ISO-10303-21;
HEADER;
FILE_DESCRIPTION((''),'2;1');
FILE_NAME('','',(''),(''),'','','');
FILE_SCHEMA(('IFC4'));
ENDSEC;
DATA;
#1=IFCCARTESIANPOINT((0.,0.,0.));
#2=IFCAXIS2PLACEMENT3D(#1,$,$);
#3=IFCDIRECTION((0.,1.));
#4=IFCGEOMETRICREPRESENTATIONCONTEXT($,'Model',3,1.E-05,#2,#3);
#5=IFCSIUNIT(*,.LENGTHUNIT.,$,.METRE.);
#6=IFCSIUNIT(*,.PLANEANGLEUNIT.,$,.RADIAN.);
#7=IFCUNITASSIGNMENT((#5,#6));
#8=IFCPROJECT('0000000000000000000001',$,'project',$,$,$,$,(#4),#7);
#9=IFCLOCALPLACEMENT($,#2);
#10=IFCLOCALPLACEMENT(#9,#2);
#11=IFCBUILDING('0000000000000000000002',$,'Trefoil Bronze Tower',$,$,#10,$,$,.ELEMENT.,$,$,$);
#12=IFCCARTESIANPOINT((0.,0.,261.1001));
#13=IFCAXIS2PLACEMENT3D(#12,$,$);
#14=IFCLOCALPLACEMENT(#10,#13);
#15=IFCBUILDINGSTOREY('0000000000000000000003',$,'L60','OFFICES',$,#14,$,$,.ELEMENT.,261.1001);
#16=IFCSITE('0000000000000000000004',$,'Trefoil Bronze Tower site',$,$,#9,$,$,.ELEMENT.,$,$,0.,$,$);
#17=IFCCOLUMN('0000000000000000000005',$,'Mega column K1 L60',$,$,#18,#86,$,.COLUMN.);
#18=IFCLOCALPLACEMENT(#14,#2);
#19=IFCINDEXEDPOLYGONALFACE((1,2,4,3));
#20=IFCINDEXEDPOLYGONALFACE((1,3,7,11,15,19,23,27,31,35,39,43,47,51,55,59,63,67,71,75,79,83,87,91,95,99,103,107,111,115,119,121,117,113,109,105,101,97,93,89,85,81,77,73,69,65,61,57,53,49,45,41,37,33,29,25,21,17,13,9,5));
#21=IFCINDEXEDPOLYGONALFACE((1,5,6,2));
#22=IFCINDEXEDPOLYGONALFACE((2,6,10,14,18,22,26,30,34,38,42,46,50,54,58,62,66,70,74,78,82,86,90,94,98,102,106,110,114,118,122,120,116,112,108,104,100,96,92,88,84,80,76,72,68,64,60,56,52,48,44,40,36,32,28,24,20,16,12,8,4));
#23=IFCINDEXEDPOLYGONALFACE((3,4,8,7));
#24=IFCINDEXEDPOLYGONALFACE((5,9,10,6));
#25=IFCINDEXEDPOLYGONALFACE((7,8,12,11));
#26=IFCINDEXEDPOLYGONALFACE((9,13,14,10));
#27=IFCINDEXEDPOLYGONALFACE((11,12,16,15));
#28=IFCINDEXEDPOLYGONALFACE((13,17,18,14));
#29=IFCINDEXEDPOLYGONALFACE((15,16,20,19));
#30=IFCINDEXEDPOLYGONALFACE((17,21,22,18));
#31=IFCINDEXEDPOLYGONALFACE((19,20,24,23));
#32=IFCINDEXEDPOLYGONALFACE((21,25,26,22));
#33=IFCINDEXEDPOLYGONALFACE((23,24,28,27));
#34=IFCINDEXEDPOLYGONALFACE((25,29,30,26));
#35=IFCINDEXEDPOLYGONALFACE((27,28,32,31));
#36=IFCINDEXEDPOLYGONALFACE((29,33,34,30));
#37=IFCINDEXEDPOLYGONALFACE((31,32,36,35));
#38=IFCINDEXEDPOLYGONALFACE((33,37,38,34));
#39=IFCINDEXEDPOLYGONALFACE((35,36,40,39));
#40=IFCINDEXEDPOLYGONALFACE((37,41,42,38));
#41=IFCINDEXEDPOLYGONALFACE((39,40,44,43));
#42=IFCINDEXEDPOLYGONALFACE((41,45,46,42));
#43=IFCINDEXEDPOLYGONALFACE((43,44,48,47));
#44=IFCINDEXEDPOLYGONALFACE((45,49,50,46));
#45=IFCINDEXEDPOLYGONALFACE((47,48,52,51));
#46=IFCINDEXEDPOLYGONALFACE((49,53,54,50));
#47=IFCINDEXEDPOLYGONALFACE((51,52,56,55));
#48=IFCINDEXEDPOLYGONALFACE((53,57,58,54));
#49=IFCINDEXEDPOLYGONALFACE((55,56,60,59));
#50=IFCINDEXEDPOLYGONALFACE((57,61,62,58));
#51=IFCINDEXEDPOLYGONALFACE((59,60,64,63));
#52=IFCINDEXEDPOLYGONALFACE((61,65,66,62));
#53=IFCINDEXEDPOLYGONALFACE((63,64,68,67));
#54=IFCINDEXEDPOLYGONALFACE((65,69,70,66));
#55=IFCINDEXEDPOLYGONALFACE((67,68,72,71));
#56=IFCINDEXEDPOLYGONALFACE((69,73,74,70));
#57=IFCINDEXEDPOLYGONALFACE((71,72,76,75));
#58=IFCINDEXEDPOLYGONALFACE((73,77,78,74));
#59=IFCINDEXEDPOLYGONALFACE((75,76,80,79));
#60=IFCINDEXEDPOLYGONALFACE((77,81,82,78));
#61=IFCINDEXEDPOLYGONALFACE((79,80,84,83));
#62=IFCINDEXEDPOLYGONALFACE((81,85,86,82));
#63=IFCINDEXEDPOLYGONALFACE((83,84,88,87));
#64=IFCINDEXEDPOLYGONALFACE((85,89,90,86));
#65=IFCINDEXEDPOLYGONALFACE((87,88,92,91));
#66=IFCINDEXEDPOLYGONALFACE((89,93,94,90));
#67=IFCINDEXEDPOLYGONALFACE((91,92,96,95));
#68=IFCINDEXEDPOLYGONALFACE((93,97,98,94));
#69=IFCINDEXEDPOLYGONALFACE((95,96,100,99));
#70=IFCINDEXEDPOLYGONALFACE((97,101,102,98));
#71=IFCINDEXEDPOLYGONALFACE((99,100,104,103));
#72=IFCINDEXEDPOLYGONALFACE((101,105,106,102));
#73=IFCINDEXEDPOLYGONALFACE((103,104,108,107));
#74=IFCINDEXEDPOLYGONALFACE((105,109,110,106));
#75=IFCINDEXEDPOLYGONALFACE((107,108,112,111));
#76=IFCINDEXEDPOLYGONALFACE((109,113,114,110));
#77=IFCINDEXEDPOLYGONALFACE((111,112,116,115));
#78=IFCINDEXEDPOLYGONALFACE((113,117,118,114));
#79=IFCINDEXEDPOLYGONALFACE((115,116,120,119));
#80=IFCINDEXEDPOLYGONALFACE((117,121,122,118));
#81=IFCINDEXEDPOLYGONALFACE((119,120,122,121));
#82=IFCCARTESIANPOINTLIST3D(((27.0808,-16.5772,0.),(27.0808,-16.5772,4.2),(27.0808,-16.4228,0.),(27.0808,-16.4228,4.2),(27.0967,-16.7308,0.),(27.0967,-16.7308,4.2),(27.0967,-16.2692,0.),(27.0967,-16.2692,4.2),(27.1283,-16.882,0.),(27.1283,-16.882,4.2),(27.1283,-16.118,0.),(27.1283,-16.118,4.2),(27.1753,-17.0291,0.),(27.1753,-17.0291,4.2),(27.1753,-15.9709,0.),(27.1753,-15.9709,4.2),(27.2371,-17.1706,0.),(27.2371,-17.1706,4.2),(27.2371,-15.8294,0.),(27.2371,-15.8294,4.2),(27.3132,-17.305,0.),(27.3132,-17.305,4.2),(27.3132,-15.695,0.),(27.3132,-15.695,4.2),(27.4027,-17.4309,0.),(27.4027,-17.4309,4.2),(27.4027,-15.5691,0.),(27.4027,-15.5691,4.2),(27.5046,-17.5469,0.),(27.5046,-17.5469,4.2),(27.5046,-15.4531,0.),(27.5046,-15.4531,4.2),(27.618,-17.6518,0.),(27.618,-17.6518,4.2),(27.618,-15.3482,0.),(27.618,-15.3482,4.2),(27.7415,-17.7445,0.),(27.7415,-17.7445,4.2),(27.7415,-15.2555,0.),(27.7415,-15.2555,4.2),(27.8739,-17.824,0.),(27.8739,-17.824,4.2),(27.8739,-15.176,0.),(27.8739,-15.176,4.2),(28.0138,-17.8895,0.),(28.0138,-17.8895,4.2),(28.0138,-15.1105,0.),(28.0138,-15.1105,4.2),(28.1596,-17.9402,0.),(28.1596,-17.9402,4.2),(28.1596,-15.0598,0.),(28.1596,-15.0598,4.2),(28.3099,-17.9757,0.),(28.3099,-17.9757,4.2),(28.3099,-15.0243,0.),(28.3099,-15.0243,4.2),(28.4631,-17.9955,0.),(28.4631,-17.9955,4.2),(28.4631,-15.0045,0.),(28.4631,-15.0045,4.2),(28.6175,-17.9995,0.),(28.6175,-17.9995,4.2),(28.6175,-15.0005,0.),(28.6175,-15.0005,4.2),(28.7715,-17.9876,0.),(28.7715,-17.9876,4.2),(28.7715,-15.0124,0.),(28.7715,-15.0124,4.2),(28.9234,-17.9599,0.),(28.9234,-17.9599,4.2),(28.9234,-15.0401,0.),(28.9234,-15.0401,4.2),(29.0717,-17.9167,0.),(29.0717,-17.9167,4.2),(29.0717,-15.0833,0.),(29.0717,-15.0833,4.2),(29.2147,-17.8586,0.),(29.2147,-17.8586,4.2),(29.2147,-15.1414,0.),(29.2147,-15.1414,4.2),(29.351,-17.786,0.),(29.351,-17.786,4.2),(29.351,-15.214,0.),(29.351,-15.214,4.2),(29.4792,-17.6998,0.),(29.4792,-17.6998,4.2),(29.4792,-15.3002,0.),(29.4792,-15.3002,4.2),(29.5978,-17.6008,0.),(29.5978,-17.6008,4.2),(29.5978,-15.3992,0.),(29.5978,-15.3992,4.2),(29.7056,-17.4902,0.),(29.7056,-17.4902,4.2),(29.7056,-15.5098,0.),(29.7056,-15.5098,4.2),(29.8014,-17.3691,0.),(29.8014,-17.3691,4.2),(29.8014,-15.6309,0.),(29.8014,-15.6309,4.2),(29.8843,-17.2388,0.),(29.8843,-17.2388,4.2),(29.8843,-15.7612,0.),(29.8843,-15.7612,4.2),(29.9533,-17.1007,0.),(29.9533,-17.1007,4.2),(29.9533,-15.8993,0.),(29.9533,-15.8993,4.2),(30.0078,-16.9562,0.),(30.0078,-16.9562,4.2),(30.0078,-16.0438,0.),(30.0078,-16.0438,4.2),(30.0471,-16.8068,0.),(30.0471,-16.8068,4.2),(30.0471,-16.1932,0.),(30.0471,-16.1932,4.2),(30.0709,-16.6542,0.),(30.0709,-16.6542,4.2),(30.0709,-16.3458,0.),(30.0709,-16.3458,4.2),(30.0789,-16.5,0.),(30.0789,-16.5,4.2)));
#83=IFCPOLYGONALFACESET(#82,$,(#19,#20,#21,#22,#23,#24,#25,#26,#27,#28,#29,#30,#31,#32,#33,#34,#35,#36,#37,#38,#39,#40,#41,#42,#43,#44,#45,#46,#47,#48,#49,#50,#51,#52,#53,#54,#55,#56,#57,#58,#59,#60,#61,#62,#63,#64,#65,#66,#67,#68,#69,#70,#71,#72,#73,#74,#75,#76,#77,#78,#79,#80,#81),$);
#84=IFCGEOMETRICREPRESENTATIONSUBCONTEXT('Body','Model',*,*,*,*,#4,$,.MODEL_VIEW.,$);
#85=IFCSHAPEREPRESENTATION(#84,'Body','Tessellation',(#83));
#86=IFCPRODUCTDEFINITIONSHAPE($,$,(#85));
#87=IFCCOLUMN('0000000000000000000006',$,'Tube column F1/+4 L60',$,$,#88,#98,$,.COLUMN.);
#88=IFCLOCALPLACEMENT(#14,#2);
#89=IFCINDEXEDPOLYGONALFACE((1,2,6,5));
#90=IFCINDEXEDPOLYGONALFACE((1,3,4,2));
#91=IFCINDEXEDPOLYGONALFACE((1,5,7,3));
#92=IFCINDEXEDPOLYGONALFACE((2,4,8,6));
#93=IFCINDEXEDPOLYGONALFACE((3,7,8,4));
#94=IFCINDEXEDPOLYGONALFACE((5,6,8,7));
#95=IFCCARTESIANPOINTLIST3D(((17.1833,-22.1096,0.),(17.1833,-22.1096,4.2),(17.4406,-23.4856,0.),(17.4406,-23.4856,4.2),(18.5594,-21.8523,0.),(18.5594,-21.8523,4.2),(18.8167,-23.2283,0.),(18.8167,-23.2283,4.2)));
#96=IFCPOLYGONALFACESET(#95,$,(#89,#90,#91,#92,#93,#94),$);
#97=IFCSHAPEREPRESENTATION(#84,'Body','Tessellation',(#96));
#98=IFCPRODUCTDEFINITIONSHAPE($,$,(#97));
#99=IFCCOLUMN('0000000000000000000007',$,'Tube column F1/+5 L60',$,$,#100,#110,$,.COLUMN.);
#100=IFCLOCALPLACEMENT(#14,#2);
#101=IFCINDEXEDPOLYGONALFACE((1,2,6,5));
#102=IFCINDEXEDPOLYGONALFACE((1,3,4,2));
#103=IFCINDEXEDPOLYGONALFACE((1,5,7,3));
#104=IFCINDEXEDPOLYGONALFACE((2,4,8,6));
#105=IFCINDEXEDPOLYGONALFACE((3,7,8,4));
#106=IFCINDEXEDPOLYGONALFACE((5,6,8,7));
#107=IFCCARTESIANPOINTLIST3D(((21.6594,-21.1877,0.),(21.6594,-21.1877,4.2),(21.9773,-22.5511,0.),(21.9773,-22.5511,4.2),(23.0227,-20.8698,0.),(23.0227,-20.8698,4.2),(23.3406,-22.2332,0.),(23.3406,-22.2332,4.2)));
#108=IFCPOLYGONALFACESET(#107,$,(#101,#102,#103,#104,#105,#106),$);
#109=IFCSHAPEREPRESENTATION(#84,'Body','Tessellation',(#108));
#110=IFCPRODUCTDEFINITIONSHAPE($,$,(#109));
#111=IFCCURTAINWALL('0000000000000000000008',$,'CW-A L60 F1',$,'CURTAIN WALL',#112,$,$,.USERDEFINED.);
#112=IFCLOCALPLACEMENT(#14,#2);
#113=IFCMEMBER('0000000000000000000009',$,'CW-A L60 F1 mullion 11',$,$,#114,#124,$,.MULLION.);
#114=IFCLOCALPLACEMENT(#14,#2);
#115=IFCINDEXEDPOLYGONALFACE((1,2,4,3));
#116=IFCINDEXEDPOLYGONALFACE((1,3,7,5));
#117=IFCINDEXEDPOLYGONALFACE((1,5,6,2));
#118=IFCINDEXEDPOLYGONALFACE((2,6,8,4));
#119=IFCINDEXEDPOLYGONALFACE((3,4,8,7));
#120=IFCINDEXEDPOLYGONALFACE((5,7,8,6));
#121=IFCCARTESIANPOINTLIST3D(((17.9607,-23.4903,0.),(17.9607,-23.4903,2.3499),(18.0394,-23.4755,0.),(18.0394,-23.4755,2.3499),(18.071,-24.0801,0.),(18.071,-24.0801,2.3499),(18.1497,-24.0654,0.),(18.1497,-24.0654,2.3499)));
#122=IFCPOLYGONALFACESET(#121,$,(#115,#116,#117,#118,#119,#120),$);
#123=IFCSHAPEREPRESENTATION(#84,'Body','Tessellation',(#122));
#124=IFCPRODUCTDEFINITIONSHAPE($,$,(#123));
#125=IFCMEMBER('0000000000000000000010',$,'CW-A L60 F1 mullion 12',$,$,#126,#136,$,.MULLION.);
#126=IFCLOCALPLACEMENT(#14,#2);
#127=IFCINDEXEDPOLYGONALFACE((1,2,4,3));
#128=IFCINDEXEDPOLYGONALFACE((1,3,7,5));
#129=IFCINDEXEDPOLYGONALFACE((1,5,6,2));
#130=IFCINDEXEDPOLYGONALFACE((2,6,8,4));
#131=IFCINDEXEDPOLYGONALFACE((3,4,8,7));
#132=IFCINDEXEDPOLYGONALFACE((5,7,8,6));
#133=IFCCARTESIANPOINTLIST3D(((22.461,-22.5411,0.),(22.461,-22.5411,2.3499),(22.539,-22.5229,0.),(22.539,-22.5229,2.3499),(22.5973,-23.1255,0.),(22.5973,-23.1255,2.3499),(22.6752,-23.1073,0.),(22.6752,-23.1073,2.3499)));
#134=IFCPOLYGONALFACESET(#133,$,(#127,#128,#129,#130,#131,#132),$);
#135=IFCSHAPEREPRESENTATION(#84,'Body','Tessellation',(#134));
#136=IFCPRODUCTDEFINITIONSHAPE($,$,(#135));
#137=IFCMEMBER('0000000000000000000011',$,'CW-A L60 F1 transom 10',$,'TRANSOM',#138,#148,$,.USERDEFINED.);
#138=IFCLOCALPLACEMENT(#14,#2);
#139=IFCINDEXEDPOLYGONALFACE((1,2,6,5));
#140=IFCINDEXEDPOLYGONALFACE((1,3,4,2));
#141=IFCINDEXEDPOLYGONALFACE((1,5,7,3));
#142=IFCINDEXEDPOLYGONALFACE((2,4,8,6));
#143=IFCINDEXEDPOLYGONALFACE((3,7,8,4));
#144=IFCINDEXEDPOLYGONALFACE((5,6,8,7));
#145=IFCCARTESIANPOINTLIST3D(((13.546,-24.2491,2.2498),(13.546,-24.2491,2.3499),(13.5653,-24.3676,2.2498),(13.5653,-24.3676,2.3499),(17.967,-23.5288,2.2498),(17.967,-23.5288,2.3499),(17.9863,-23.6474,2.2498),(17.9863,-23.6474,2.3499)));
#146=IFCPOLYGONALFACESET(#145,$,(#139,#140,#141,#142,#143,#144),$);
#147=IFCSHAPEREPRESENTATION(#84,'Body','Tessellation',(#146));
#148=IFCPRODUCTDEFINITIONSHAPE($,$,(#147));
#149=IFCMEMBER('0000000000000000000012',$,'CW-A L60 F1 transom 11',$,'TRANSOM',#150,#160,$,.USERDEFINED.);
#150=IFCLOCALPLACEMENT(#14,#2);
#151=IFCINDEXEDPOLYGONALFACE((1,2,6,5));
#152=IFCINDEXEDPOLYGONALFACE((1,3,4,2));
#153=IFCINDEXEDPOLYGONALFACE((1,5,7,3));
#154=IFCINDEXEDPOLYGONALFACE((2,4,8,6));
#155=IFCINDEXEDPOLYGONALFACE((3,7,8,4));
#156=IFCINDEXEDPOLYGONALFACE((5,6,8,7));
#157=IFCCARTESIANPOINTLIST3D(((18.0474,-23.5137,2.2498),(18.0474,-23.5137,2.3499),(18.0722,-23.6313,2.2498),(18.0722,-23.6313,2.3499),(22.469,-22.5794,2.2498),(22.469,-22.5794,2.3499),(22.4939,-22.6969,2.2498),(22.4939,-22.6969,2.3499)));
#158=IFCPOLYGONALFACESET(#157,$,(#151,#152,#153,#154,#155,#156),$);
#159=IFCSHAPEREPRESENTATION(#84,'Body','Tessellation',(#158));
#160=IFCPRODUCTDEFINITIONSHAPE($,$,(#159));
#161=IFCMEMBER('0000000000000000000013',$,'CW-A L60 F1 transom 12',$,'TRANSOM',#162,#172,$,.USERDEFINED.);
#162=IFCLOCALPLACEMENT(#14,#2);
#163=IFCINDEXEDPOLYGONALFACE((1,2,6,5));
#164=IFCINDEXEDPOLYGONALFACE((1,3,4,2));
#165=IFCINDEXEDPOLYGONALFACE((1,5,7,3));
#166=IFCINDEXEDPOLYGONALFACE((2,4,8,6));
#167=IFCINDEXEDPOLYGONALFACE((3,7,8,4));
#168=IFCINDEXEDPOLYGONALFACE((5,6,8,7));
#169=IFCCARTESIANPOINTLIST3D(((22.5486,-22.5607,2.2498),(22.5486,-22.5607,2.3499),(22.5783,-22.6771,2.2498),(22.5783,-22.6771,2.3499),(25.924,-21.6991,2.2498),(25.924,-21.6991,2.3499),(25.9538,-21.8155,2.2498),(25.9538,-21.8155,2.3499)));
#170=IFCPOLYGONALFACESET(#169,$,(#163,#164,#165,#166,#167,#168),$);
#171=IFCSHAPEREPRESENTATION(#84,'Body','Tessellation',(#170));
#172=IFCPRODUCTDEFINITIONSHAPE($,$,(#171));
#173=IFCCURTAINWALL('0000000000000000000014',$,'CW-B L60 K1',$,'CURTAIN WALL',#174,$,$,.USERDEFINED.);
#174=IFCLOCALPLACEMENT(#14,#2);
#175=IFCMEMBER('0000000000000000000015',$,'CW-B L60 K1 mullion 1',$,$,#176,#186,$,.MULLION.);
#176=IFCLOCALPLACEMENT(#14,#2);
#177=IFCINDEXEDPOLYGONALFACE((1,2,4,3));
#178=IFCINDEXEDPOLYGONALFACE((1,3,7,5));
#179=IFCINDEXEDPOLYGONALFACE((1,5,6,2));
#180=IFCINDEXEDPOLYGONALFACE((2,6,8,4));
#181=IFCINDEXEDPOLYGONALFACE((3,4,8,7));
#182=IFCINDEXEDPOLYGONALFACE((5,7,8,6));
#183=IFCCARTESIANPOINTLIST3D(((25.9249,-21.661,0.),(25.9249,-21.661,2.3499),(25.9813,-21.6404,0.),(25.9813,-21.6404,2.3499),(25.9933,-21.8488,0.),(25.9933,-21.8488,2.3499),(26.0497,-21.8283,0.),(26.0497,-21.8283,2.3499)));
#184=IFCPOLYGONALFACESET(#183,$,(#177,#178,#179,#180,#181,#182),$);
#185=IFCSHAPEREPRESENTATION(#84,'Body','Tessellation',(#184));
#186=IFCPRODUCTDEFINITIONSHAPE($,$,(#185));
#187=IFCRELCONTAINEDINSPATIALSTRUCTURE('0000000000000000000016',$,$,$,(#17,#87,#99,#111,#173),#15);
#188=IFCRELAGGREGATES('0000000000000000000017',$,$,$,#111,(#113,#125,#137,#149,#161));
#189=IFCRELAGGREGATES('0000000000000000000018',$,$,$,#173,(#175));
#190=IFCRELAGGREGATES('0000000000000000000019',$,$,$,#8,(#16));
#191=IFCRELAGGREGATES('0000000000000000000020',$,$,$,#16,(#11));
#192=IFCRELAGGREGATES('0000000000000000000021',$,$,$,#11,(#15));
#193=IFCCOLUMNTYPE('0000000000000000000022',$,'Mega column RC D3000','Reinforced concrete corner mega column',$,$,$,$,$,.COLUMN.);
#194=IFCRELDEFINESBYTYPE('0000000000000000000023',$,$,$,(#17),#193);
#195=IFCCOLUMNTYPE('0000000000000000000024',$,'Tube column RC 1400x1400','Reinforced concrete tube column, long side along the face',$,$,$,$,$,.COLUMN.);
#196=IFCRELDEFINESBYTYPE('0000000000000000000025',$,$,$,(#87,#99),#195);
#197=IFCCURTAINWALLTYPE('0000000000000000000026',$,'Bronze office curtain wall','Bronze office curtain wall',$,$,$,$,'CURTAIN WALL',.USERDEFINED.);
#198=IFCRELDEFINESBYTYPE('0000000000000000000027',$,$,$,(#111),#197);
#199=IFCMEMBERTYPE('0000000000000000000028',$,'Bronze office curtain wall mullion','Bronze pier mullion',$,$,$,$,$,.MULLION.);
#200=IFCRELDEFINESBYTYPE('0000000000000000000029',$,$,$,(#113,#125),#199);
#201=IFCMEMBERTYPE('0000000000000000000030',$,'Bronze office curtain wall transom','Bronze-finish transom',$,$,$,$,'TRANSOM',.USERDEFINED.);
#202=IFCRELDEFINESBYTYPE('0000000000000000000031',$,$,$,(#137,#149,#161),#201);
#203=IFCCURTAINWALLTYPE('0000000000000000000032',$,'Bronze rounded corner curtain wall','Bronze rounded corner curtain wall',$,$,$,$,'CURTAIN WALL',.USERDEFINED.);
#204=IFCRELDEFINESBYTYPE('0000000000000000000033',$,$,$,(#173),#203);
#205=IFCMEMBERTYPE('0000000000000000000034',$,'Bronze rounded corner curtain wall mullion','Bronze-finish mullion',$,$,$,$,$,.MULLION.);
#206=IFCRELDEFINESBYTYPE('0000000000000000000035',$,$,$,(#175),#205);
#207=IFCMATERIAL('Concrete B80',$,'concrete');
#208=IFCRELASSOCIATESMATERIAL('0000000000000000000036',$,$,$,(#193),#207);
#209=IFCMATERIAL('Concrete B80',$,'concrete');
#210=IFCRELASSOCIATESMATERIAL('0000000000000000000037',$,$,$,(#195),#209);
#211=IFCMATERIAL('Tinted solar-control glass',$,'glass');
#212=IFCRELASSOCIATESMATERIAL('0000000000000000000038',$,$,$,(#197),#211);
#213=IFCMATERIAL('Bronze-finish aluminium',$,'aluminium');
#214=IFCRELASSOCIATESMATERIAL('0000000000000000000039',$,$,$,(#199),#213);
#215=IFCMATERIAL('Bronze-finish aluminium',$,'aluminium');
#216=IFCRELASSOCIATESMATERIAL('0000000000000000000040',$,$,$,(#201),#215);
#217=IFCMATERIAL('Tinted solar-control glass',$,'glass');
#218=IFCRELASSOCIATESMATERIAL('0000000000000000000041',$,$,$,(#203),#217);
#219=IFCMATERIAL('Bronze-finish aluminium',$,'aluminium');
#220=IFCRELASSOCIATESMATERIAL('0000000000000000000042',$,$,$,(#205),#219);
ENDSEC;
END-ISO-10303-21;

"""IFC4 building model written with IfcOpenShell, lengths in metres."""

from ifc_helpers import new_model, si_unit, direction, frame, origin, origin_2d, place, context, subcontext, project, spatial, rectangle, circle, extrude, material, material_profile, profile_set, type_object, element, aggregate, save


model = new_model("IFC4")

# Units and contexts
model_context = context("Model", 3, precision=1e-05, world=origin(), true_north=direction((0.0, 1.0)))
body_context = subcontext(model_context, "Body", "Model", "MODEL_VIEW")
ifc_project = project(units=[si_unit("LENGTHUNIT", "METRE"), si_unit("PLANEANGLEUNIT", "RADIAN")], contexts=[model_context])

# Site, building, storey
site_placement = place(None, origin())
site = spatial("IfcSite", under=ifc_project, at=site_placement, Name="Trefoil Bronze Tower site", CompositionType="ELEMENT", RefElevation=0.0)
building_placement = place(site_placement, origin())
building = spatial("IfcBuilding", under=site, at=building_placement, Name="Trefoil Bronze Tower", CompositionType="ELEMENT")
storey_placement = place(building_placement, frame((0.0, 0.0, 261.1001)))
storey = spatial("IfcBuildingStorey", under=building, at=storey_placement, Name="L60", Description="OFFICES", CompositionType="ELEMENT", Elevation=261.1001)

# Columns
ifc_material_1 = material(Name="Concrete B80", Category="concrete")
ifc_material_profile_1 = material_profile(ifc_material_1, circle(Radius=1.5, at=origin_2d()), Name="RC D3000")
ifc_profile_set_1 = profile_set([ifc_material_profile_1], Name="Concrete B80")
column_type_1 = type_object("IfcColumnType", Name="Mega column RC D3000", Description="Reinforced concrete corner mega column", PredefinedType="COLUMN", material=ifc_profile_set_1)
column_placement = place(storey_placement, frame((28.5789, -16.5, 0.0), z_axis=(0.0, 0.0, 1.0), x_axis=(1.0, 0.0, 0.0)))
element("IfcColumn", 1, at=column_placement, inside=storey, type_object=column_type_1, Name="Mega column K1 L60", PredefinedType="COLUMN", context=body_context, shape_type="SweptSolid", body=[
    extrude(circle(Radius=1.5, at=origin_2d()), origin(), (0.0, 0.0, 1.0), 4.2),
])
ifc_material_2 = material(Name="Concrete B80", Category="concrete")
ifc_material_profile_2 = material_profile(ifc_material_2, rectangle(XDim=1.3999, YDim=1.3999, at=origin_2d()), Name="RC 1400x1400")
ifc_profile_set_2 = profile_set([ifc_material_profile_2], Name="Concrete B80")
column_type_2 = type_object("IfcColumnType", Name="Tube column RC 1400x1400", Description="Reinforced concrete tube column, long side along the face", PredefinedType="COLUMN", material=ifc_profile_set_2)
for number, where, z_axis, x_axis, name in (
    (2, (18.0, -22.6689, 0.0), (0.0, 0.0, 1.0), (0.982959, 0.183825, 0.0), "Tube column F1/+4 L60"),
    (3, (22.5, -21.7104, 0.0), (0.0, 0.0, 1.0), (0.973875, 0.227083, 0.0), "Tube column F1/+5 L60"),
):
    element("IfcColumn", number, at=place(storey_placement, frame(where, z_axis=z_axis, x_axis=x_axis)), inside=storey, type_object=column_type_2, Name=name, PredefinedType="COLUMN", context=body_context, shape_type="SweptSolid", body=[
        extrude(rectangle(XDim=1.3999, YDim=1.3999, at=origin_2d()), origin(), (0.0, 0.0, 1.0), 4.2),
    ])

# Curtain walls, members
ifc_material_3 = material(Name="Tinted solar-control glass", Category="glass")
curtain_wall_type_1 = type_object("IfcCurtainWallType", Name="Bronze office curtain wall", Description="Bronze office curtain wall", ElementType="CURTAIN WALL", PredefinedType="USERDEFINED", material=ifc_material_3)
curtain_wall_1_placement = place(storey_placement, origin())
curtain_wall_1 = element("IfcCurtainWall", 4, at=curtain_wall_1_placement, inside=storey, type_object=curtain_wall_type_1, Name="CW-A L60 F1", ObjectType="CURTAIN WALL", PredefinedType="USERDEFINED")
ifc_material_4 = material(Name="Bronze-finish aluminium", Category="aluminium")
ifc_material_profile_3 = material_profile(ifc_material_4, rectangle(XDim=0.6001, YDim=0.0801, at=origin_2d()), Name="CW-A mullion")
ifc_profile_set_3 = profile_set([ifc_material_profile_3], Name="Bronze-finish aluminium")
member_type_1 = type_object("IfcMemberType", Name="Bronze office curtain wall mullion", Description="Bronze pier mullion", PredefinedType="MULLION", material=ifc_profile_set_3)
member_1_placement = place(storey_placement, frame((18.0552, -23.7778, 0.0), z_axis=(0.0, 0.0, 1.0), x_axis=(-0.183825, 0.982959, 0.0)))
member_1 = element("IfcMember", 5, at=member_1_placement, type_object=member_type_1, Name="CW-A L60 F1 mullion 11", PredefinedType="MULLION", context=body_context, shape_type="SweptSolid", body=[
    extrude(rectangle(XDim=0.6001, YDim=0.0801, at=origin_2d()), origin(), (0.0, 0.0, 1.0), 2.3499),
])
member_2_placement = place(storey_placement, frame((22.5681, -22.8242, 0.0), z_axis=(0.0, 0.0, 1.0), x_axis=(-0.227083, 0.973875, 0.0)))
member_2 = element("IfcMember", 6, at=member_2_placement, type_object=member_type_1, Name="CW-A L60 F1 mullion 12", PredefinedType="MULLION", context=body_context, shape_type="SweptSolid", body=[
    extrude(rectangle(XDim=0.6001, YDim=0.0801, at=origin_2d()), origin(), (0.0, 0.0, 1.0), 2.3499),
])
ifc_material_5 = material(Name="Bronze-finish aluminium", Category="aluminium")
ifc_material_profile_4 = material_profile(ifc_material_5, rectangle(XDim=0.1201, YDim=0.1001, at=origin_2d()), Name="CW-A transom")
ifc_profile_set_4 = profile_set([ifc_material_profile_4], Name="Bronze-finish aluminium")
member_type_2 = type_object("IfcMemberType", Name="Bronze office curtain wall transom", Description="Bronze-finish transom", ElementType="TRANSOM", PredefinedType="USERDEFINED", material=ifc_profile_set_4)
member_3_placement = place(storey_placement, frame((13.5557, -24.3083, 2.2998), z_axis=(0.986988, 0.160792, 0.0), x_axis=(-0.160792, 0.986988, 0.0)))
member_3 = element("IfcMember", 7, at=member_3_placement, type_object=member_type_2, Name="CW-A L60 F1 transom 10", ObjectType="TRANSOM", PredefinedType="USERDEFINED", context=body_context, shape_type="SweptSolid", body=[
    extrude(rectangle(XDim=0.1201, YDim=0.1001, at=origin_2d()), origin(), (0.0, 0.0, 1.0), 4.4792),
])
member_4_placement = place(storey_placement, frame((18.0598, -23.5725, 2.2998), z_axis=(0.978395, 0.206743, 0.0), x_axis=(-0.206743, 0.978395, 0.0)))
member_4 = element("IfcMember", 8, at=member_4_placement, type_object=member_type_2, Name="CW-A L60 F1 transom 11", ObjectType="TRANSOM", PredefinedType="USERDEFINED", context=body_context, shape_type="SweptSolid", body=[
    extrude(rectangle(XDim=0.1201, YDim=0.1001, at=origin_2d()), origin(), (0.0, 0.0, 1.0), 4.5193),
])
member_5_placement = place(storey_placement, frame((22.5635, -22.6189, 2.2998), z_axis=(0.968935, 0.247315, 0.0), x_axis=(-0.247315, 0.968935, 0.0)))
member_5 = element("IfcMember", 9, at=member_5_placement, type_object=member_type_2, Name="CW-A L60 F1 transom 12", ObjectType="TRANSOM", PredefinedType="USERDEFINED", context=body_context, shape_type="SweptSolid", body=[
    extrude(rectangle(XDim=0.1201, YDim=0.1001, at=origin_2d()), origin(), (0.0, 0.0, 1.0), 3.4836),
])
ifc_material_6 = material(Name="Tinted solar-control glass", Category="glass")
curtain_wall_type_2 = type_object("IfcCurtainWallType", Name="Bronze rounded corner curtain wall", Description="Bronze rounded corner curtain wall", ElementType="CURTAIN WALL", PredefinedType="USERDEFINED", material=ifc_material_6)
curtain_wall_2_placement = place(storey_placement, origin())
curtain_wall_2 = element("IfcCurtainWall", 10, at=curtain_wall_2_placement, inside=storey, type_object=curtain_wall_type_2, Name="CW-B L60 K1", ObjectType="CURTAIN WALL", PredefinedType="USERDEFINED")
ifc_material_7 = material(Name="Bronze-finish aluminium", Category="aluminium")
ifc_material_profile_5 = material_profile(ifc_material_7, rectangle(XDim=0.2, YDim=0.0601, at=origin_2d()), Name="CW-B mullion")
ifc_profile_set_5 = profile_set([ifc_material_profile_5], Name="Bronze-finish aluminium")
member_type_3 = type_object("IfcMemberType", Name="Bronze rounded corner curtain wall mullion", Description="Bronze-finish mullion", PredefinedType="MULLION", material=ifc_profile_set_5)
member_6_placement = place(storey_placement, frame((25.9873, -21.7446, 0.0), z_axis=(0.0, 0.0, 1.0), x_axis=(-0.34202, 0.939693, 0.0)))
member_6 = element("IfcMember", 11, at=member_6_placement, type_object=member_type_3, Name="CW-B L60 K1 mullion 1", PredefinedType="MULLION", context=body_context, shape_type="SweptSolid", body=[
    extrude(rectangle(XDim=0.2, YDim=0.0601, at=origin_2d()), origin(), (0.0, 0.0, 1.0), 2.3499),
])

aggregate(curtain_wall_1, [member_1, member_2, member_3, member_4, member_5])
aggregate(curtain_wall_2, [member_6])

save(model, "model.ifc")
